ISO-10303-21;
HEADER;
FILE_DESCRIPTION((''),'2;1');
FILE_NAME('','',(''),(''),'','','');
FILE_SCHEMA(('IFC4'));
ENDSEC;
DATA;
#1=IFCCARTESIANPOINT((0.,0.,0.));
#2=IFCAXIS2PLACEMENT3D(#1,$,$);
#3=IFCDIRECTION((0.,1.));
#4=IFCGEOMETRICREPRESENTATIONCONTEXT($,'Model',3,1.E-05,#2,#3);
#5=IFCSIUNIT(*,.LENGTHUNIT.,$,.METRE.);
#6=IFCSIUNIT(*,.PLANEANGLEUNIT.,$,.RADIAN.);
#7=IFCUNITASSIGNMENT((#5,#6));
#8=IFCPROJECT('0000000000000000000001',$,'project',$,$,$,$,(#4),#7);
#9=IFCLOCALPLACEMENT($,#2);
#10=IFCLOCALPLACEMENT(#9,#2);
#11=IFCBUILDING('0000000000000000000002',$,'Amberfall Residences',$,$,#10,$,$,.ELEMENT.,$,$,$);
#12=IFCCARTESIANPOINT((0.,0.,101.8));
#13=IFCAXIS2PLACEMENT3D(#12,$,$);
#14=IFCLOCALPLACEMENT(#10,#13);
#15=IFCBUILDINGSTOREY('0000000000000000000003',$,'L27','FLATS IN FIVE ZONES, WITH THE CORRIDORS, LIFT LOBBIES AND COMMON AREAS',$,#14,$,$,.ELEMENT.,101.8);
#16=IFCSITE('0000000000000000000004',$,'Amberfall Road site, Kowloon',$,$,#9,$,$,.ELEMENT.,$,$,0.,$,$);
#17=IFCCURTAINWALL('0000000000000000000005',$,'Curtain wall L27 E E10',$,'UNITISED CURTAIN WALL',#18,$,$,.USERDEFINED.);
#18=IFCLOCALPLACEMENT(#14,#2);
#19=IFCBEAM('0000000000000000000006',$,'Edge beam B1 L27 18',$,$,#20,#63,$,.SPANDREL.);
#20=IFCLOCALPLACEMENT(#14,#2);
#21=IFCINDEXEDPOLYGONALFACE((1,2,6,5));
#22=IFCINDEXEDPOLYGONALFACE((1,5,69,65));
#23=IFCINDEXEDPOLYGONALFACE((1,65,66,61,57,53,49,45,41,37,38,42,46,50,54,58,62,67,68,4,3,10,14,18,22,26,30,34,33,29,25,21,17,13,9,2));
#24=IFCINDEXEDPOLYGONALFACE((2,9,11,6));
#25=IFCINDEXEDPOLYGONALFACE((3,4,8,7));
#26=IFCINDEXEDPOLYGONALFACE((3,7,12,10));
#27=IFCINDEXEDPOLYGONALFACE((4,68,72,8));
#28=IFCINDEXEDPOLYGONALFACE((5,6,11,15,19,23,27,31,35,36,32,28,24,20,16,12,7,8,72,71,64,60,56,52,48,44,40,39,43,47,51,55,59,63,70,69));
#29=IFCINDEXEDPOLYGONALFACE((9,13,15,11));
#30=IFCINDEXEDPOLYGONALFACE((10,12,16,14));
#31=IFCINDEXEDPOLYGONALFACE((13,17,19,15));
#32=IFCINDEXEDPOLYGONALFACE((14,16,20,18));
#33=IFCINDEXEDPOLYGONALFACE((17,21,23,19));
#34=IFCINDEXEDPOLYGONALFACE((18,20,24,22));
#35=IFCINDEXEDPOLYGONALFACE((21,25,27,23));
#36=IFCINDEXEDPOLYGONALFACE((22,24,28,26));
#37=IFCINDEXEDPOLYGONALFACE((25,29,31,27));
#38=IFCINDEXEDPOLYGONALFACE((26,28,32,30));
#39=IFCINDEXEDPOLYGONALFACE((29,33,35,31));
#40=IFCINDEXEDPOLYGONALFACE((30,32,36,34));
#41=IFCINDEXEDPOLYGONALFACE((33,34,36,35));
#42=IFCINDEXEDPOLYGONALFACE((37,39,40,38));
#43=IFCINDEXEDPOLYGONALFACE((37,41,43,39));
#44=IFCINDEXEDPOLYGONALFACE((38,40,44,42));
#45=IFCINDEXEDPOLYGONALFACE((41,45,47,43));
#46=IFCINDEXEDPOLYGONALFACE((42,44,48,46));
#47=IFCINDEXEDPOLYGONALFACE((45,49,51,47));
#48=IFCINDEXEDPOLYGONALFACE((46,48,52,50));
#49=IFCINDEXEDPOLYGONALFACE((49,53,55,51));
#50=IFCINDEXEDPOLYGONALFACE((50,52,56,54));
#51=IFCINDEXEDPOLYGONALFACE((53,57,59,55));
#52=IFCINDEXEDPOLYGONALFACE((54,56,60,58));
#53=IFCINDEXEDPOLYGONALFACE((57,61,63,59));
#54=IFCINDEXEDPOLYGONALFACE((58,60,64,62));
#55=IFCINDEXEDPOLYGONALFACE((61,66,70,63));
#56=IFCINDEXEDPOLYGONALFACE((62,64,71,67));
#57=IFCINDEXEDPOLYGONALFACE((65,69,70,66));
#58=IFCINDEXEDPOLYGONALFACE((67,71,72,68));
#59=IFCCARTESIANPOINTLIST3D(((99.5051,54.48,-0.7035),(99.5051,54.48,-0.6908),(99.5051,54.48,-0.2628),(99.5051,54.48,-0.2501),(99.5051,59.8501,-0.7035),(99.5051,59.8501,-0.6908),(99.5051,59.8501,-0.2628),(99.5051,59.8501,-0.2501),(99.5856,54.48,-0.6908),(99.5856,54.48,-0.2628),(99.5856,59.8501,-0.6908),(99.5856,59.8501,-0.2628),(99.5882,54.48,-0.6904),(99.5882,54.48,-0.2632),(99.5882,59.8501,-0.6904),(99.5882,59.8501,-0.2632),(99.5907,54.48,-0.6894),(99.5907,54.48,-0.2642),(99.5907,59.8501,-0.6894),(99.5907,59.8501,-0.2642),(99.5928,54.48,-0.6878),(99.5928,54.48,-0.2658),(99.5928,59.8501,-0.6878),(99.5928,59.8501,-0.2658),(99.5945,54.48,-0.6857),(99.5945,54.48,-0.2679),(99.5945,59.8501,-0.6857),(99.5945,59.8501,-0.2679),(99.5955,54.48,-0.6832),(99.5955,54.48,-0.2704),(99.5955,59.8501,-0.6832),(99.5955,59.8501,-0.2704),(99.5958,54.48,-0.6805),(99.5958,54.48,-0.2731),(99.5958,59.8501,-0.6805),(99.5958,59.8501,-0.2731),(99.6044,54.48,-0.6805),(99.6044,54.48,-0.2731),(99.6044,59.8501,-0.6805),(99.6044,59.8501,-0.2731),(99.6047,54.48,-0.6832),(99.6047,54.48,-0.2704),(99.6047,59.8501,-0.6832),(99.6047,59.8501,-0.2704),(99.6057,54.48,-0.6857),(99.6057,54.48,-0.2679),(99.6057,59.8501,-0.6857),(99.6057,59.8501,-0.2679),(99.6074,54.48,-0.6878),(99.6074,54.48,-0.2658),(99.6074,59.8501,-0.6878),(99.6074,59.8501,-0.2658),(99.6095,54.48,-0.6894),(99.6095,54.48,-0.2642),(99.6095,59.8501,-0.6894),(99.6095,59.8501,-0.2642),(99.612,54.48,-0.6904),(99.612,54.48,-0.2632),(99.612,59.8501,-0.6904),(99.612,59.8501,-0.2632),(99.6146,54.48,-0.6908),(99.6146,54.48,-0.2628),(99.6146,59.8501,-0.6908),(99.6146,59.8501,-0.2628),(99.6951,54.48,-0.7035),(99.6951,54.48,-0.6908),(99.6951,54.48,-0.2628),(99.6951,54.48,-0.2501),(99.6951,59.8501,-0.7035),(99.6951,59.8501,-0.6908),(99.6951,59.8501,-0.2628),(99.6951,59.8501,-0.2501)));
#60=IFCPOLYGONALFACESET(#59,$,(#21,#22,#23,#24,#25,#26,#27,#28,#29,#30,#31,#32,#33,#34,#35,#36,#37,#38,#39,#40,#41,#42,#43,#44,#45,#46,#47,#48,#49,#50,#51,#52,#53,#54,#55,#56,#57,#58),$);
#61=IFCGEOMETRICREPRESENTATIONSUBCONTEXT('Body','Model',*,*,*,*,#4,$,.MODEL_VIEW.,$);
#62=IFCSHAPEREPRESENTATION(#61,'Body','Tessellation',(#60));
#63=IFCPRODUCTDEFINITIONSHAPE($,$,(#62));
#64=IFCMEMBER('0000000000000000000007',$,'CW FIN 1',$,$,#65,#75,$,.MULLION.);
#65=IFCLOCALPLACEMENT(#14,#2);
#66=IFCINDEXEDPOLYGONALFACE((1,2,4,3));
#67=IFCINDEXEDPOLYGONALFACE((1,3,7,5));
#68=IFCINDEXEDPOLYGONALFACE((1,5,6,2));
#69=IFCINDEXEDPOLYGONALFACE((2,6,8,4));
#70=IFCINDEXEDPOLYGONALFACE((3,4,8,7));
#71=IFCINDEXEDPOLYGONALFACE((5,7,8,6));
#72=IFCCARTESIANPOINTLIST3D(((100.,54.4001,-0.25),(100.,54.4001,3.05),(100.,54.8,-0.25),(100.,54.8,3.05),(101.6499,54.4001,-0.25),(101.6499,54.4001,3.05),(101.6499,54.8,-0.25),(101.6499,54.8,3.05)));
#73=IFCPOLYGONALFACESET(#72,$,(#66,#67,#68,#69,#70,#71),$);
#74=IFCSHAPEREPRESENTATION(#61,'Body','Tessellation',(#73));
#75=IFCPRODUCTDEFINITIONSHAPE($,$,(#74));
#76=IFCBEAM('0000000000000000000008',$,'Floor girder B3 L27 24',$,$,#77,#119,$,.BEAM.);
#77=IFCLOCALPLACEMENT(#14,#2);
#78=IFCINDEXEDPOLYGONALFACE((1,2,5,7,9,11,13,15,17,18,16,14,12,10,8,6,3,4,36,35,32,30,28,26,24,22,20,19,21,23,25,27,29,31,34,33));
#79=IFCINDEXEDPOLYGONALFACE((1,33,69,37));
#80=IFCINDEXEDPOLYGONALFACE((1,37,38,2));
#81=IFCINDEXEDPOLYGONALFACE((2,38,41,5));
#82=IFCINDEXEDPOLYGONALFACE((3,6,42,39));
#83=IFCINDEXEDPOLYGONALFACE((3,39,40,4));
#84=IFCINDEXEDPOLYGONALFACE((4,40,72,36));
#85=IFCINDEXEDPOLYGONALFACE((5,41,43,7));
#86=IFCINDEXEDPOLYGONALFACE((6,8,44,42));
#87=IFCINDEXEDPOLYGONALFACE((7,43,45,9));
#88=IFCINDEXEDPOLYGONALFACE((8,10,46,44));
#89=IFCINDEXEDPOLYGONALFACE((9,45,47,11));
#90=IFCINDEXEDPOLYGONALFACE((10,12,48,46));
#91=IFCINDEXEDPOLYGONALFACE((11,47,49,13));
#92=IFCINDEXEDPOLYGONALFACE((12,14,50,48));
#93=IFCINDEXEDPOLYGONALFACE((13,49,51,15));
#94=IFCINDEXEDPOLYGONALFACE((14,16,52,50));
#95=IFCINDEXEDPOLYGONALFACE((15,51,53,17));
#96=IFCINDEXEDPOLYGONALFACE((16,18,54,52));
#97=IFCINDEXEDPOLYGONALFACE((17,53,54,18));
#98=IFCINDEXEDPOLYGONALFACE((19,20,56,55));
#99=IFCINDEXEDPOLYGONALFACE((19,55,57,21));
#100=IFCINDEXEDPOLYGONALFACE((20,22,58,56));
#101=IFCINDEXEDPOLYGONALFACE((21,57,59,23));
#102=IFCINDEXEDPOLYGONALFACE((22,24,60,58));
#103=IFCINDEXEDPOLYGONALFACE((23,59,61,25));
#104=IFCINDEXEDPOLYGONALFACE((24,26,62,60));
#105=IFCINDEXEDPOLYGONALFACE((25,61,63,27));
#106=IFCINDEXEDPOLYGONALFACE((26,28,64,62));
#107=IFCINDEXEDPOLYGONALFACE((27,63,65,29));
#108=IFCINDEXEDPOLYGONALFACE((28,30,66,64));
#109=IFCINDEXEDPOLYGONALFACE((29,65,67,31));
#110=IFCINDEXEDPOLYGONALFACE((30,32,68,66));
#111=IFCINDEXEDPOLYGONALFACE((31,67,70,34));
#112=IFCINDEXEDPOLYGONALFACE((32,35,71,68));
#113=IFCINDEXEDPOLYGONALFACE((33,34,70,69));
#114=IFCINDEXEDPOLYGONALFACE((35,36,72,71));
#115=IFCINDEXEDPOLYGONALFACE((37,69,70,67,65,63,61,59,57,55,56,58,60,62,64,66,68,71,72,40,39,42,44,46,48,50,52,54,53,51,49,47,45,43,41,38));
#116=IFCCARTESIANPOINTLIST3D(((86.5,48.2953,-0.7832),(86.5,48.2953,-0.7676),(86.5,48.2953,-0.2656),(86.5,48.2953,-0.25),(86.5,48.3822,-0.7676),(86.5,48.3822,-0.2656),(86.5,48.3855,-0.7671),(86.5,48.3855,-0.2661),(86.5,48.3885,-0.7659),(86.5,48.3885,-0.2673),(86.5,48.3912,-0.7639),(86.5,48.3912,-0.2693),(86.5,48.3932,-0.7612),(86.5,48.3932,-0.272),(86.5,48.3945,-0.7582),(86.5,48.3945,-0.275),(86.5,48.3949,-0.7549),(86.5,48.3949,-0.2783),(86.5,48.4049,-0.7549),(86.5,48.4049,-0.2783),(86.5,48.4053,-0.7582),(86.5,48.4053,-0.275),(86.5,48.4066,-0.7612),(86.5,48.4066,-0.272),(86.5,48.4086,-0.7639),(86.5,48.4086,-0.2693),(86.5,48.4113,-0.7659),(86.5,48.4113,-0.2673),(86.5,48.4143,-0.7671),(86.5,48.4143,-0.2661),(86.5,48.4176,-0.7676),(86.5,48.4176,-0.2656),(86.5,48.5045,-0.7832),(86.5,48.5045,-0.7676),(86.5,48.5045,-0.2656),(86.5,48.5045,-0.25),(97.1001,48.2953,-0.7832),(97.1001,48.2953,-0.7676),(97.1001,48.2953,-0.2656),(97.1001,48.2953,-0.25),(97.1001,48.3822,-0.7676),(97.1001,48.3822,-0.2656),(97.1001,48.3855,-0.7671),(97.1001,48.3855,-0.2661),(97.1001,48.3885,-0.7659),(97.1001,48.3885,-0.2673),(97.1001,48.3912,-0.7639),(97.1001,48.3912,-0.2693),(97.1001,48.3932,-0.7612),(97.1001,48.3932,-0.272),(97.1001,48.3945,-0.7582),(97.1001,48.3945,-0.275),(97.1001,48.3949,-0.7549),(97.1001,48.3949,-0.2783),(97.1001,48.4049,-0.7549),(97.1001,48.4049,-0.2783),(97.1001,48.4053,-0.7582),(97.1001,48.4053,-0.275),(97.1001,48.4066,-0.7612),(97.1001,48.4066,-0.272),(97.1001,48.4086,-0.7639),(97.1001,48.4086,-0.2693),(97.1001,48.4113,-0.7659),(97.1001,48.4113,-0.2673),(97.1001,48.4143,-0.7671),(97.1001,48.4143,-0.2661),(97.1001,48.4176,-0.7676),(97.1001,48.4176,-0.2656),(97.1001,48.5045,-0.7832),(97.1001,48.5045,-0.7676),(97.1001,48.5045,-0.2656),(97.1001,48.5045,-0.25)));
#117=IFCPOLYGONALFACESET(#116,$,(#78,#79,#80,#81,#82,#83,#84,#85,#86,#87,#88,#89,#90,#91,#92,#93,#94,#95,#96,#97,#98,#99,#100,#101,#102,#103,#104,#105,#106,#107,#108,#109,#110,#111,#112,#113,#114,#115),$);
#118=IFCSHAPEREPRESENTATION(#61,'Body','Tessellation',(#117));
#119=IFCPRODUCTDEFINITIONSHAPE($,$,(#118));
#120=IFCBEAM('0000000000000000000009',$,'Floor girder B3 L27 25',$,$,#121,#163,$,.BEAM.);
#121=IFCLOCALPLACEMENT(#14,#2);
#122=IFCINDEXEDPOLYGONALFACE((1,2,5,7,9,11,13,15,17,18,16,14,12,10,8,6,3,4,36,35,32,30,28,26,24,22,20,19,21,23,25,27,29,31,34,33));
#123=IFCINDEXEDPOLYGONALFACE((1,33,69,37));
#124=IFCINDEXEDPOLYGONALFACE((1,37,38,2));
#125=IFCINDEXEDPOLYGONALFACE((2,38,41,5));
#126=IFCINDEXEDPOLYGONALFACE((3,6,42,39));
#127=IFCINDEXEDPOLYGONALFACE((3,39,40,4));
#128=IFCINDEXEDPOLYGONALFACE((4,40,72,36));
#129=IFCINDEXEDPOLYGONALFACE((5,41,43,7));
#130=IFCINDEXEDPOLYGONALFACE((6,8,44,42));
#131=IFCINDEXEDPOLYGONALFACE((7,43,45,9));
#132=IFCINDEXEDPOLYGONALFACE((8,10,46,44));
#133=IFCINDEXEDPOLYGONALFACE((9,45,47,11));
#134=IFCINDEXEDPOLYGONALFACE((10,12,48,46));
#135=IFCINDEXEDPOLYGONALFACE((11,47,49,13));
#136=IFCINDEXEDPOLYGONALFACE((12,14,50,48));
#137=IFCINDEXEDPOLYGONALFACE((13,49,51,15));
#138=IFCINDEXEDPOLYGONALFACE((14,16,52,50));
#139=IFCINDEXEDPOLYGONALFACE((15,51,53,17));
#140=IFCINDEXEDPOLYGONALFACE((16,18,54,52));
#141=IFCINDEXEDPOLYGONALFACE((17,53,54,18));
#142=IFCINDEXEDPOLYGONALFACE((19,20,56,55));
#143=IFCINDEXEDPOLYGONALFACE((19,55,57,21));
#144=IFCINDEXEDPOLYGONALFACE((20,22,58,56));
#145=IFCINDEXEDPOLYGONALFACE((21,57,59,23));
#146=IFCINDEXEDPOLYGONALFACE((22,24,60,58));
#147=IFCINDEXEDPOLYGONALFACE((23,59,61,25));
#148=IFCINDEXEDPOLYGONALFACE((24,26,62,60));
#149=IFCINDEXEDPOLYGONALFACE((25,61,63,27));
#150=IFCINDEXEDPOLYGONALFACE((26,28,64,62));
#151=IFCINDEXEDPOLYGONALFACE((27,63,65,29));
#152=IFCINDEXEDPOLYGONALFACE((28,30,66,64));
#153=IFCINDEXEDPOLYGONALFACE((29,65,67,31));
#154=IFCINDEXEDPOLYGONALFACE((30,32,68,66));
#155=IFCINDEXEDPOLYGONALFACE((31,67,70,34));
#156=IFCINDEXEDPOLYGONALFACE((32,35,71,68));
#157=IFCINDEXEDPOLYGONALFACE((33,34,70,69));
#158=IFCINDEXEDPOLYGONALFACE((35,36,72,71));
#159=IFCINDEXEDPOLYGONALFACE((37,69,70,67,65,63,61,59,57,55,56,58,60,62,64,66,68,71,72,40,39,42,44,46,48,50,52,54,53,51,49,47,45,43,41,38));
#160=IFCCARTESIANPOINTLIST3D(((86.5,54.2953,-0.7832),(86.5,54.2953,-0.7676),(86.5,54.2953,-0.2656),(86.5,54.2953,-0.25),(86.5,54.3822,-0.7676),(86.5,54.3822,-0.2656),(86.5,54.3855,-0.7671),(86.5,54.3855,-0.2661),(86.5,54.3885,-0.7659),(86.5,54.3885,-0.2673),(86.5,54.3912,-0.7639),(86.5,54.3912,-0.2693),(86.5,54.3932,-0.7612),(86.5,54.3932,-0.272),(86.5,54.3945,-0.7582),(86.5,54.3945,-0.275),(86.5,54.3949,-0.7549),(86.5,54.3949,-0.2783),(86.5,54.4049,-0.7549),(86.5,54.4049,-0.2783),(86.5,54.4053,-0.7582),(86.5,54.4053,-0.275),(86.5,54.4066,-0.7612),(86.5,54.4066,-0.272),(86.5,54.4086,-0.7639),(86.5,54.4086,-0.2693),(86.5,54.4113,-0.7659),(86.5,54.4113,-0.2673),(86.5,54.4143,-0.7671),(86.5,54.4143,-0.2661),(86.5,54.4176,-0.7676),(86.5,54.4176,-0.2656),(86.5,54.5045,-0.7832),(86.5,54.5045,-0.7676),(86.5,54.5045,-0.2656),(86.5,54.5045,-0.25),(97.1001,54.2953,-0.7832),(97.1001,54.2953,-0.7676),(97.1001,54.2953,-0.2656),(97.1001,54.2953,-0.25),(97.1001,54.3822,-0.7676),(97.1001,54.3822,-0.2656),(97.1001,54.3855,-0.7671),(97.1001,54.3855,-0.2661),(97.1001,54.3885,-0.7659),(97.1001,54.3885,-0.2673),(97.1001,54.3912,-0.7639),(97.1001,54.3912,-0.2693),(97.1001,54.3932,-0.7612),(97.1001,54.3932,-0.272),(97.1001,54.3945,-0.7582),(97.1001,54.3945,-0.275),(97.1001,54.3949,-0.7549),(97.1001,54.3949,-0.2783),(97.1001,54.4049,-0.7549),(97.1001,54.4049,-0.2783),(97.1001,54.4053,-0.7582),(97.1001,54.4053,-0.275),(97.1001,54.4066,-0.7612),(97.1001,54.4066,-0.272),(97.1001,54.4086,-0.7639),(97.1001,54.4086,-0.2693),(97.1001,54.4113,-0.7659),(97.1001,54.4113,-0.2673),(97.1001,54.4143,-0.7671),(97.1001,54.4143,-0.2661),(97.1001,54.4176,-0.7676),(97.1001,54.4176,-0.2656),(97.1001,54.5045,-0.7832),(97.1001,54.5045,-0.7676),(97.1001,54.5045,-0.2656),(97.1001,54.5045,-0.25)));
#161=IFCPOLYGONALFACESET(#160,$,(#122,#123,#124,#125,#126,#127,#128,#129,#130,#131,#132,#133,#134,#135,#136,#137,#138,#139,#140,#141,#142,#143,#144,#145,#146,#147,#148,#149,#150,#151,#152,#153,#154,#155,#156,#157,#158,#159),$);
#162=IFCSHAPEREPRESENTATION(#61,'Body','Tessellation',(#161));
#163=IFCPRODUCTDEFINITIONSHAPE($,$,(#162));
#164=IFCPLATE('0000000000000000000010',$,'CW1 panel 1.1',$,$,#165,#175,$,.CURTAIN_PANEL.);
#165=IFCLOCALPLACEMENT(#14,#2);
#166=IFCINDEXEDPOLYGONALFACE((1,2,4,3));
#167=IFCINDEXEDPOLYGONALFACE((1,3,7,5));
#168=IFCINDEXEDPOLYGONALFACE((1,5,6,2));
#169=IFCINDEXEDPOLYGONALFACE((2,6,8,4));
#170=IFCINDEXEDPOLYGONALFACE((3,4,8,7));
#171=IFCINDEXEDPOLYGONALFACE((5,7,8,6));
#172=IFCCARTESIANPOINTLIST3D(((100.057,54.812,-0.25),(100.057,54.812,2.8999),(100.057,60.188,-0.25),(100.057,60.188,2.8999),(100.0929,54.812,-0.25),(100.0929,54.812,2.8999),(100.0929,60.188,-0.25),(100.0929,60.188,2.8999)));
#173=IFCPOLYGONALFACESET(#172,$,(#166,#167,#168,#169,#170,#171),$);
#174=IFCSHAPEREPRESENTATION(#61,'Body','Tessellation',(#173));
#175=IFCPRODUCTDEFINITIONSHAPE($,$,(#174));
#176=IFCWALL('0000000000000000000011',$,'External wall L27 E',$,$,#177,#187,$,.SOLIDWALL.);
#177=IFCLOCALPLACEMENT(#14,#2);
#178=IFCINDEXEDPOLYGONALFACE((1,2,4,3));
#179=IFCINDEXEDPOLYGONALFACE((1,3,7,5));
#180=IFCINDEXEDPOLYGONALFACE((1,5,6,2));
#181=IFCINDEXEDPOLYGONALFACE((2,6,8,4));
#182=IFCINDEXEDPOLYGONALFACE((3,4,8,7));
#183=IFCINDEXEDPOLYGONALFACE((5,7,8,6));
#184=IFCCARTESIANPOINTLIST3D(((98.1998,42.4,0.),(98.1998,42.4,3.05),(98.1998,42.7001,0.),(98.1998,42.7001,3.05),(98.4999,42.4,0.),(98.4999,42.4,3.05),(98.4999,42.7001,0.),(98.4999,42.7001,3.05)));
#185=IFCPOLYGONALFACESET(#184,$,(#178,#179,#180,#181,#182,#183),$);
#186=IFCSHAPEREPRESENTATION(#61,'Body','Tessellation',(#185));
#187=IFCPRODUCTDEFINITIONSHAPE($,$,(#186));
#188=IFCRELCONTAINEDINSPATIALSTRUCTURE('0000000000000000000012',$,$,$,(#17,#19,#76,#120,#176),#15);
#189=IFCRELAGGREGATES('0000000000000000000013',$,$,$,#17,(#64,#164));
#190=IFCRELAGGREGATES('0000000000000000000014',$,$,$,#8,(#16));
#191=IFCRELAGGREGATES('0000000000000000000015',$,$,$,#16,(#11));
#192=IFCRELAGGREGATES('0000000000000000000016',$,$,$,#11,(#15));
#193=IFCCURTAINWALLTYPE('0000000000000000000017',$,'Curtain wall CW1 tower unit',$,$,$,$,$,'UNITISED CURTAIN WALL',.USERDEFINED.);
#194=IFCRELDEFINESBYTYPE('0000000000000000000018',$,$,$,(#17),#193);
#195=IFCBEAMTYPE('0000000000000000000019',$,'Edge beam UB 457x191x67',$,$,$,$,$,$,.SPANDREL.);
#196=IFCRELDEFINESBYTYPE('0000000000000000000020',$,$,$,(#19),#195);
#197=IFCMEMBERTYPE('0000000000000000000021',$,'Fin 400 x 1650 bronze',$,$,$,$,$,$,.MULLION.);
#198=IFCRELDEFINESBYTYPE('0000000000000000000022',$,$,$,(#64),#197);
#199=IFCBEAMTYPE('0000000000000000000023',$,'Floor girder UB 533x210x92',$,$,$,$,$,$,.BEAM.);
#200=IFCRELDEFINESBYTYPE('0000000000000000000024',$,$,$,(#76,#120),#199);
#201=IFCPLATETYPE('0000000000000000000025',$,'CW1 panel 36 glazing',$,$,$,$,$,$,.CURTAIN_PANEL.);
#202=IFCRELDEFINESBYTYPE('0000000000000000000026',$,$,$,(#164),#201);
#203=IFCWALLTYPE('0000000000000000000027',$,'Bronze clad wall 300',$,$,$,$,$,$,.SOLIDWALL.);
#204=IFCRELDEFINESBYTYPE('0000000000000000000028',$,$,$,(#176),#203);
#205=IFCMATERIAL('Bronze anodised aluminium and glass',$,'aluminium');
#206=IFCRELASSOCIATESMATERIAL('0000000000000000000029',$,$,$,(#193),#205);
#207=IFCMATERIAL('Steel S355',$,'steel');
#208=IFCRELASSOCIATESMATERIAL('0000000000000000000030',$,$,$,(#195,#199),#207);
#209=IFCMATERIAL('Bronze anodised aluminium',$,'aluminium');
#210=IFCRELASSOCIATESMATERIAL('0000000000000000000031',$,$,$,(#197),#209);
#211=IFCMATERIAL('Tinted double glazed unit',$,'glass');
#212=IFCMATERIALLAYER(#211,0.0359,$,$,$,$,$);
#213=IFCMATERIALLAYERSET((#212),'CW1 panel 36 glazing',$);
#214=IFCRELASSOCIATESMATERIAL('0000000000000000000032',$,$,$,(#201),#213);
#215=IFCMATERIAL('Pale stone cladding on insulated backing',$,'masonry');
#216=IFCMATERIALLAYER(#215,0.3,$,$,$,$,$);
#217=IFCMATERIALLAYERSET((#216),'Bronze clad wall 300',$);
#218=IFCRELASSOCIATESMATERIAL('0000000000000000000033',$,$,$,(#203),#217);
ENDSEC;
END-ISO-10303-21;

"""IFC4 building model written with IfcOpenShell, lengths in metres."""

from ifc_helpers import new_model, si_unit, direction, frame, frame_2d, origin, origin_2d, place, context, subcontext, project, spatial, rectangle, i_section, extrude, material, layer, layer_set, material_profile, profile_set, type_object, element, aggregate, save


model = new_model("IFC4")

# Units and contexts
model_context = context("Model", 3, precision=1e-05, world=origin(), true_north=direction((0.0, 1.0)))
body_context = subcontext(model_context, "Body", "Model", "MODEL_VIEW")
ifc_project = project(units=[si_unit("LENGTHUNIT", "METRE"), si_unit("PLANEANGLEUNIT", "RADIAN")], contexts=[model_context])

# Site, building, storey
site_placement = place(None, origin())
site = spatial("IfcSite", under=ifc_project, at=site_placement, Name="Amberfall Road site, Kowloon", CompositionType="ELEMENT", RefElevation=0.0)
building_placement = place(site_placement, origin())
building = spatial("IfcBuilding", under=site, at=building_placement, Name="Amberfall Residences", CompositionType="ELEMENT")
storey_placement = place(building_placement, frame((0.0, 0.0, 101.8)))
storey = spatial("IfcBuildingStorey", under=building, at=storey_placement, Name="L27", Description="FLATS IN FIVE ZONES, WITH THE CORRIDORS, LIFT LOBBIES AND COMMON AREAS", CompositionType="ELEMENT", Elevation=101.8)

# Curtain wall
ifc_material_1 = material(Name="Bronze anodised aluminium and glass", Category="aluminium")
curtain_wall_type = type_object("IfcCurtainWallType", Name="Curtain wall CW1 tower unit", ElementType="UNITISED CURTAIN WALL", PredefinedType="USERDEFINED", material=ifc_material_1)
curtain_wall_placement = place(storey_placement, origin())
curtain_wall = element("IfcCurtainWall", 1, at=curtain_wall_placement, inside=storey, type_object=curtain_wall_type, Name="Curtain wall L27 E E10", ObjectType="UNITISED CURTAIN WALL", PredefinedType="USERDEFINED")
ifc_material_2 = material(Name="Bronze anodised aluminium", Category="aluminium")

# Beam
ifc_material_3 = material(Name="Steel S355", Category="steel")
ifc_material_profile_1 = material_profile(ifc_material_3, i_section(OverallWidth=0.1899, OverallDepth=0.4534, WebThickness=0.0085, FlangeThickness=0.0127, FilletRadius=0.0103, at=origin_2d()), Name="UB 457x191x67")
ifc_profile_set_1 = profile_set([ifc_material_profile_1], Name="Steel S355")
beam_type_1 = type_object("IfcBeamType", Name="Edge beam UB 457x191x67", PredefinedType="SPANDREL", material=ifc_profile_set_1)
beam_1_placement = place(storey_placement, frame((99.6001, 54.48, -0.4768), z_axis=(0.0, 1.0, 0.0), x_axis=(-1.0, 0.0, 0.0)))
element("IfcBeam", 2, at=beam_1_placement, inside=storey, type_object=beam_type_1, Name="Edge beam B1 L27 18", PredefinedType="SPANDREL", context=body_context, shape_type="SweptSolid", body=[
    extrude(i_section(OverallWidth=0.1899, OverallDepth=0.4534, WebThickness=0.0085, FlangeThickness=0.0127, FilletRadius=0.0103, at=origin_2d()), origin(), (0.0, 0.0, 1.0), 5.3701),
])

# Member
ifc_material_profile_2 = material_profile(ifc_material_2, rectangle(XDim=1.6499, YDim=0.3999, at=origin_2d()), Name="Fin 400 x 1650 bronze")
ifc_profile_set_2 = profile_set([ifc_material_profile_2], Name="Bronze anodised aluminium")
member_type_1 = type_object("IfcMemberType", Name="Fin 400 x 1650 bronze", PredefinedType="MULLION", material=ifc_profile_set_2)
member_1_placement = place(storey_placement, frame((100.825, 54.6001, -0.25), z_axis=(0.0, 0.0, 1.0), x_axis=(-1.0, 0.0, 0.0)))
member_1 = element("IfcMember", 3, at=member_1_placement, type_object=member_type_1, Name="CW FIN 1", PredefinedType="MULLION", context=body_context, shape_type="SweptSolid", body=[
    extrude(rectangle(XDim=1.6499, YDim=0.3999, at=origin_2d()), origin(), (0.0, 0.0, 1.0), 3.3),
])

# Beams
ifc_material_profile_3 = material_profile(ifc_material_3, i_section(OverallWidth=0.2092, OverallDepth=0.5332, WebThickness=0.01, FlangeThickness=0.0156, FilletRadius=0.0127, at=origin_2d()), Name="UB 533x210x92")
ifc_profile_set_3 = profile_set([ifc_material_profile_3], Name="Steel S355")
beam_type_2 = type_object("IfcBeamType", Name="Floor girder UB 533x210x92", PredefinedType="BEAM", material=ifc_profile_set_3)
for number, where, z_axis, x_axis, name in (
    (4, (97.1001, 48.3999, -0.5166), (-1.0, 0.0, 0.0), (0.0, -1.0, 0.0), "Floor girder B3 L27 24"),
    (5, (97.1001, 54.3999, -0.5166), (-1.0, 0.0, 0.0), (0.0, -1.0, 0.0), "Floor girder B3 L27 25"),
):
    element("IfcBeam", number, at=place(storey_placement, frame(where, z_axis=z_axis, x_axis=x_axis)), inside=storey, type_object=beam_type_2, Name=name, PredefinedType="BEAM", context=body_context, shape_type="SweptSolid", body=[
        extrude(i_section(OverallWidth=0.2092, OverallDepth=0.5332, WebThickness=0.01, FlangeThickness=0.0156, FilletRadius=0.0127, at=origin_2d()), origin(), (0.0, 0.0, 1.0), 10.6001),
    ])

# Plate
ifc_material_4 = material(Name="Tinted double glazed unit", Category="glass")
ifc_layer_1 = layer(ifc_material_4, 0.0359)
ifc_layer_set_1 = layer_set([ifc_layer_1], Name="CW1 panel 36 glazing")
plate_type = type_object("IfcPlateType", Name="CW1 panel 36 glazing", PredefinedType="CURTAIN_PANEL", material=ifc_layer_set_1)
plate_placement = place(storey_placement, frame((100.075, 57.5, -0.25), z_axis=(0.0, 0.0, 1.0), x_axis=(0.0, 1.0, 0.0)))
plate = element("IfcPlate", 6, at=plate_placement, type_object=plate_type, Name="CW1 panel 1.1", PredefinedType="CURTAIN_PANEL", context=body_context, shape_type="SweptSolid", body=[
    extrude(rectangle(XDim=5.376, YDim=0.0359, at=origin_2d()), origin(), (0.0, 0.0, 1.0), 3.1499),
])
aggregate(curtain_wall, [member_1, plate])

# Wall
ifc_material_5 = material(Name="Pale stone cladding on insulated backing", Category="masonry")
ifc_layer_2 = layer(ifc_material_5, 0.3)
ifc_layer_set_2 = layer_set([ifc_layer_2], Name="Bronze clad wall 300")
wall_type_1 = type_object("IfcWallType", Name="Bronze clad wall 300", PredefinedType="SOLIDWALL", material=ifc_layer_set_2)
wall_1_placement = place(storey_placement, frame((98.2, 42.55, 0.0), z_axis=(0.0, 0.0, 1.0), x_axis=(1.0, 0.0, 0.0)))
element("IfcWall", 7, at=wall_1_placement, inside=storey, type_object=wall_type_1, Name="External wall L27 E", PredefinedType="SOLIDWALL", context=body_context, shape_type="SweptSolid", body=[
    extrude(rectangle(XDim=0.3, YDim=0.3, at=frame_2d((0.1499, 0.0))), origin(), (0.0, 0.0, 1.0), 3.05),
])

save(model, "model.ifc")
